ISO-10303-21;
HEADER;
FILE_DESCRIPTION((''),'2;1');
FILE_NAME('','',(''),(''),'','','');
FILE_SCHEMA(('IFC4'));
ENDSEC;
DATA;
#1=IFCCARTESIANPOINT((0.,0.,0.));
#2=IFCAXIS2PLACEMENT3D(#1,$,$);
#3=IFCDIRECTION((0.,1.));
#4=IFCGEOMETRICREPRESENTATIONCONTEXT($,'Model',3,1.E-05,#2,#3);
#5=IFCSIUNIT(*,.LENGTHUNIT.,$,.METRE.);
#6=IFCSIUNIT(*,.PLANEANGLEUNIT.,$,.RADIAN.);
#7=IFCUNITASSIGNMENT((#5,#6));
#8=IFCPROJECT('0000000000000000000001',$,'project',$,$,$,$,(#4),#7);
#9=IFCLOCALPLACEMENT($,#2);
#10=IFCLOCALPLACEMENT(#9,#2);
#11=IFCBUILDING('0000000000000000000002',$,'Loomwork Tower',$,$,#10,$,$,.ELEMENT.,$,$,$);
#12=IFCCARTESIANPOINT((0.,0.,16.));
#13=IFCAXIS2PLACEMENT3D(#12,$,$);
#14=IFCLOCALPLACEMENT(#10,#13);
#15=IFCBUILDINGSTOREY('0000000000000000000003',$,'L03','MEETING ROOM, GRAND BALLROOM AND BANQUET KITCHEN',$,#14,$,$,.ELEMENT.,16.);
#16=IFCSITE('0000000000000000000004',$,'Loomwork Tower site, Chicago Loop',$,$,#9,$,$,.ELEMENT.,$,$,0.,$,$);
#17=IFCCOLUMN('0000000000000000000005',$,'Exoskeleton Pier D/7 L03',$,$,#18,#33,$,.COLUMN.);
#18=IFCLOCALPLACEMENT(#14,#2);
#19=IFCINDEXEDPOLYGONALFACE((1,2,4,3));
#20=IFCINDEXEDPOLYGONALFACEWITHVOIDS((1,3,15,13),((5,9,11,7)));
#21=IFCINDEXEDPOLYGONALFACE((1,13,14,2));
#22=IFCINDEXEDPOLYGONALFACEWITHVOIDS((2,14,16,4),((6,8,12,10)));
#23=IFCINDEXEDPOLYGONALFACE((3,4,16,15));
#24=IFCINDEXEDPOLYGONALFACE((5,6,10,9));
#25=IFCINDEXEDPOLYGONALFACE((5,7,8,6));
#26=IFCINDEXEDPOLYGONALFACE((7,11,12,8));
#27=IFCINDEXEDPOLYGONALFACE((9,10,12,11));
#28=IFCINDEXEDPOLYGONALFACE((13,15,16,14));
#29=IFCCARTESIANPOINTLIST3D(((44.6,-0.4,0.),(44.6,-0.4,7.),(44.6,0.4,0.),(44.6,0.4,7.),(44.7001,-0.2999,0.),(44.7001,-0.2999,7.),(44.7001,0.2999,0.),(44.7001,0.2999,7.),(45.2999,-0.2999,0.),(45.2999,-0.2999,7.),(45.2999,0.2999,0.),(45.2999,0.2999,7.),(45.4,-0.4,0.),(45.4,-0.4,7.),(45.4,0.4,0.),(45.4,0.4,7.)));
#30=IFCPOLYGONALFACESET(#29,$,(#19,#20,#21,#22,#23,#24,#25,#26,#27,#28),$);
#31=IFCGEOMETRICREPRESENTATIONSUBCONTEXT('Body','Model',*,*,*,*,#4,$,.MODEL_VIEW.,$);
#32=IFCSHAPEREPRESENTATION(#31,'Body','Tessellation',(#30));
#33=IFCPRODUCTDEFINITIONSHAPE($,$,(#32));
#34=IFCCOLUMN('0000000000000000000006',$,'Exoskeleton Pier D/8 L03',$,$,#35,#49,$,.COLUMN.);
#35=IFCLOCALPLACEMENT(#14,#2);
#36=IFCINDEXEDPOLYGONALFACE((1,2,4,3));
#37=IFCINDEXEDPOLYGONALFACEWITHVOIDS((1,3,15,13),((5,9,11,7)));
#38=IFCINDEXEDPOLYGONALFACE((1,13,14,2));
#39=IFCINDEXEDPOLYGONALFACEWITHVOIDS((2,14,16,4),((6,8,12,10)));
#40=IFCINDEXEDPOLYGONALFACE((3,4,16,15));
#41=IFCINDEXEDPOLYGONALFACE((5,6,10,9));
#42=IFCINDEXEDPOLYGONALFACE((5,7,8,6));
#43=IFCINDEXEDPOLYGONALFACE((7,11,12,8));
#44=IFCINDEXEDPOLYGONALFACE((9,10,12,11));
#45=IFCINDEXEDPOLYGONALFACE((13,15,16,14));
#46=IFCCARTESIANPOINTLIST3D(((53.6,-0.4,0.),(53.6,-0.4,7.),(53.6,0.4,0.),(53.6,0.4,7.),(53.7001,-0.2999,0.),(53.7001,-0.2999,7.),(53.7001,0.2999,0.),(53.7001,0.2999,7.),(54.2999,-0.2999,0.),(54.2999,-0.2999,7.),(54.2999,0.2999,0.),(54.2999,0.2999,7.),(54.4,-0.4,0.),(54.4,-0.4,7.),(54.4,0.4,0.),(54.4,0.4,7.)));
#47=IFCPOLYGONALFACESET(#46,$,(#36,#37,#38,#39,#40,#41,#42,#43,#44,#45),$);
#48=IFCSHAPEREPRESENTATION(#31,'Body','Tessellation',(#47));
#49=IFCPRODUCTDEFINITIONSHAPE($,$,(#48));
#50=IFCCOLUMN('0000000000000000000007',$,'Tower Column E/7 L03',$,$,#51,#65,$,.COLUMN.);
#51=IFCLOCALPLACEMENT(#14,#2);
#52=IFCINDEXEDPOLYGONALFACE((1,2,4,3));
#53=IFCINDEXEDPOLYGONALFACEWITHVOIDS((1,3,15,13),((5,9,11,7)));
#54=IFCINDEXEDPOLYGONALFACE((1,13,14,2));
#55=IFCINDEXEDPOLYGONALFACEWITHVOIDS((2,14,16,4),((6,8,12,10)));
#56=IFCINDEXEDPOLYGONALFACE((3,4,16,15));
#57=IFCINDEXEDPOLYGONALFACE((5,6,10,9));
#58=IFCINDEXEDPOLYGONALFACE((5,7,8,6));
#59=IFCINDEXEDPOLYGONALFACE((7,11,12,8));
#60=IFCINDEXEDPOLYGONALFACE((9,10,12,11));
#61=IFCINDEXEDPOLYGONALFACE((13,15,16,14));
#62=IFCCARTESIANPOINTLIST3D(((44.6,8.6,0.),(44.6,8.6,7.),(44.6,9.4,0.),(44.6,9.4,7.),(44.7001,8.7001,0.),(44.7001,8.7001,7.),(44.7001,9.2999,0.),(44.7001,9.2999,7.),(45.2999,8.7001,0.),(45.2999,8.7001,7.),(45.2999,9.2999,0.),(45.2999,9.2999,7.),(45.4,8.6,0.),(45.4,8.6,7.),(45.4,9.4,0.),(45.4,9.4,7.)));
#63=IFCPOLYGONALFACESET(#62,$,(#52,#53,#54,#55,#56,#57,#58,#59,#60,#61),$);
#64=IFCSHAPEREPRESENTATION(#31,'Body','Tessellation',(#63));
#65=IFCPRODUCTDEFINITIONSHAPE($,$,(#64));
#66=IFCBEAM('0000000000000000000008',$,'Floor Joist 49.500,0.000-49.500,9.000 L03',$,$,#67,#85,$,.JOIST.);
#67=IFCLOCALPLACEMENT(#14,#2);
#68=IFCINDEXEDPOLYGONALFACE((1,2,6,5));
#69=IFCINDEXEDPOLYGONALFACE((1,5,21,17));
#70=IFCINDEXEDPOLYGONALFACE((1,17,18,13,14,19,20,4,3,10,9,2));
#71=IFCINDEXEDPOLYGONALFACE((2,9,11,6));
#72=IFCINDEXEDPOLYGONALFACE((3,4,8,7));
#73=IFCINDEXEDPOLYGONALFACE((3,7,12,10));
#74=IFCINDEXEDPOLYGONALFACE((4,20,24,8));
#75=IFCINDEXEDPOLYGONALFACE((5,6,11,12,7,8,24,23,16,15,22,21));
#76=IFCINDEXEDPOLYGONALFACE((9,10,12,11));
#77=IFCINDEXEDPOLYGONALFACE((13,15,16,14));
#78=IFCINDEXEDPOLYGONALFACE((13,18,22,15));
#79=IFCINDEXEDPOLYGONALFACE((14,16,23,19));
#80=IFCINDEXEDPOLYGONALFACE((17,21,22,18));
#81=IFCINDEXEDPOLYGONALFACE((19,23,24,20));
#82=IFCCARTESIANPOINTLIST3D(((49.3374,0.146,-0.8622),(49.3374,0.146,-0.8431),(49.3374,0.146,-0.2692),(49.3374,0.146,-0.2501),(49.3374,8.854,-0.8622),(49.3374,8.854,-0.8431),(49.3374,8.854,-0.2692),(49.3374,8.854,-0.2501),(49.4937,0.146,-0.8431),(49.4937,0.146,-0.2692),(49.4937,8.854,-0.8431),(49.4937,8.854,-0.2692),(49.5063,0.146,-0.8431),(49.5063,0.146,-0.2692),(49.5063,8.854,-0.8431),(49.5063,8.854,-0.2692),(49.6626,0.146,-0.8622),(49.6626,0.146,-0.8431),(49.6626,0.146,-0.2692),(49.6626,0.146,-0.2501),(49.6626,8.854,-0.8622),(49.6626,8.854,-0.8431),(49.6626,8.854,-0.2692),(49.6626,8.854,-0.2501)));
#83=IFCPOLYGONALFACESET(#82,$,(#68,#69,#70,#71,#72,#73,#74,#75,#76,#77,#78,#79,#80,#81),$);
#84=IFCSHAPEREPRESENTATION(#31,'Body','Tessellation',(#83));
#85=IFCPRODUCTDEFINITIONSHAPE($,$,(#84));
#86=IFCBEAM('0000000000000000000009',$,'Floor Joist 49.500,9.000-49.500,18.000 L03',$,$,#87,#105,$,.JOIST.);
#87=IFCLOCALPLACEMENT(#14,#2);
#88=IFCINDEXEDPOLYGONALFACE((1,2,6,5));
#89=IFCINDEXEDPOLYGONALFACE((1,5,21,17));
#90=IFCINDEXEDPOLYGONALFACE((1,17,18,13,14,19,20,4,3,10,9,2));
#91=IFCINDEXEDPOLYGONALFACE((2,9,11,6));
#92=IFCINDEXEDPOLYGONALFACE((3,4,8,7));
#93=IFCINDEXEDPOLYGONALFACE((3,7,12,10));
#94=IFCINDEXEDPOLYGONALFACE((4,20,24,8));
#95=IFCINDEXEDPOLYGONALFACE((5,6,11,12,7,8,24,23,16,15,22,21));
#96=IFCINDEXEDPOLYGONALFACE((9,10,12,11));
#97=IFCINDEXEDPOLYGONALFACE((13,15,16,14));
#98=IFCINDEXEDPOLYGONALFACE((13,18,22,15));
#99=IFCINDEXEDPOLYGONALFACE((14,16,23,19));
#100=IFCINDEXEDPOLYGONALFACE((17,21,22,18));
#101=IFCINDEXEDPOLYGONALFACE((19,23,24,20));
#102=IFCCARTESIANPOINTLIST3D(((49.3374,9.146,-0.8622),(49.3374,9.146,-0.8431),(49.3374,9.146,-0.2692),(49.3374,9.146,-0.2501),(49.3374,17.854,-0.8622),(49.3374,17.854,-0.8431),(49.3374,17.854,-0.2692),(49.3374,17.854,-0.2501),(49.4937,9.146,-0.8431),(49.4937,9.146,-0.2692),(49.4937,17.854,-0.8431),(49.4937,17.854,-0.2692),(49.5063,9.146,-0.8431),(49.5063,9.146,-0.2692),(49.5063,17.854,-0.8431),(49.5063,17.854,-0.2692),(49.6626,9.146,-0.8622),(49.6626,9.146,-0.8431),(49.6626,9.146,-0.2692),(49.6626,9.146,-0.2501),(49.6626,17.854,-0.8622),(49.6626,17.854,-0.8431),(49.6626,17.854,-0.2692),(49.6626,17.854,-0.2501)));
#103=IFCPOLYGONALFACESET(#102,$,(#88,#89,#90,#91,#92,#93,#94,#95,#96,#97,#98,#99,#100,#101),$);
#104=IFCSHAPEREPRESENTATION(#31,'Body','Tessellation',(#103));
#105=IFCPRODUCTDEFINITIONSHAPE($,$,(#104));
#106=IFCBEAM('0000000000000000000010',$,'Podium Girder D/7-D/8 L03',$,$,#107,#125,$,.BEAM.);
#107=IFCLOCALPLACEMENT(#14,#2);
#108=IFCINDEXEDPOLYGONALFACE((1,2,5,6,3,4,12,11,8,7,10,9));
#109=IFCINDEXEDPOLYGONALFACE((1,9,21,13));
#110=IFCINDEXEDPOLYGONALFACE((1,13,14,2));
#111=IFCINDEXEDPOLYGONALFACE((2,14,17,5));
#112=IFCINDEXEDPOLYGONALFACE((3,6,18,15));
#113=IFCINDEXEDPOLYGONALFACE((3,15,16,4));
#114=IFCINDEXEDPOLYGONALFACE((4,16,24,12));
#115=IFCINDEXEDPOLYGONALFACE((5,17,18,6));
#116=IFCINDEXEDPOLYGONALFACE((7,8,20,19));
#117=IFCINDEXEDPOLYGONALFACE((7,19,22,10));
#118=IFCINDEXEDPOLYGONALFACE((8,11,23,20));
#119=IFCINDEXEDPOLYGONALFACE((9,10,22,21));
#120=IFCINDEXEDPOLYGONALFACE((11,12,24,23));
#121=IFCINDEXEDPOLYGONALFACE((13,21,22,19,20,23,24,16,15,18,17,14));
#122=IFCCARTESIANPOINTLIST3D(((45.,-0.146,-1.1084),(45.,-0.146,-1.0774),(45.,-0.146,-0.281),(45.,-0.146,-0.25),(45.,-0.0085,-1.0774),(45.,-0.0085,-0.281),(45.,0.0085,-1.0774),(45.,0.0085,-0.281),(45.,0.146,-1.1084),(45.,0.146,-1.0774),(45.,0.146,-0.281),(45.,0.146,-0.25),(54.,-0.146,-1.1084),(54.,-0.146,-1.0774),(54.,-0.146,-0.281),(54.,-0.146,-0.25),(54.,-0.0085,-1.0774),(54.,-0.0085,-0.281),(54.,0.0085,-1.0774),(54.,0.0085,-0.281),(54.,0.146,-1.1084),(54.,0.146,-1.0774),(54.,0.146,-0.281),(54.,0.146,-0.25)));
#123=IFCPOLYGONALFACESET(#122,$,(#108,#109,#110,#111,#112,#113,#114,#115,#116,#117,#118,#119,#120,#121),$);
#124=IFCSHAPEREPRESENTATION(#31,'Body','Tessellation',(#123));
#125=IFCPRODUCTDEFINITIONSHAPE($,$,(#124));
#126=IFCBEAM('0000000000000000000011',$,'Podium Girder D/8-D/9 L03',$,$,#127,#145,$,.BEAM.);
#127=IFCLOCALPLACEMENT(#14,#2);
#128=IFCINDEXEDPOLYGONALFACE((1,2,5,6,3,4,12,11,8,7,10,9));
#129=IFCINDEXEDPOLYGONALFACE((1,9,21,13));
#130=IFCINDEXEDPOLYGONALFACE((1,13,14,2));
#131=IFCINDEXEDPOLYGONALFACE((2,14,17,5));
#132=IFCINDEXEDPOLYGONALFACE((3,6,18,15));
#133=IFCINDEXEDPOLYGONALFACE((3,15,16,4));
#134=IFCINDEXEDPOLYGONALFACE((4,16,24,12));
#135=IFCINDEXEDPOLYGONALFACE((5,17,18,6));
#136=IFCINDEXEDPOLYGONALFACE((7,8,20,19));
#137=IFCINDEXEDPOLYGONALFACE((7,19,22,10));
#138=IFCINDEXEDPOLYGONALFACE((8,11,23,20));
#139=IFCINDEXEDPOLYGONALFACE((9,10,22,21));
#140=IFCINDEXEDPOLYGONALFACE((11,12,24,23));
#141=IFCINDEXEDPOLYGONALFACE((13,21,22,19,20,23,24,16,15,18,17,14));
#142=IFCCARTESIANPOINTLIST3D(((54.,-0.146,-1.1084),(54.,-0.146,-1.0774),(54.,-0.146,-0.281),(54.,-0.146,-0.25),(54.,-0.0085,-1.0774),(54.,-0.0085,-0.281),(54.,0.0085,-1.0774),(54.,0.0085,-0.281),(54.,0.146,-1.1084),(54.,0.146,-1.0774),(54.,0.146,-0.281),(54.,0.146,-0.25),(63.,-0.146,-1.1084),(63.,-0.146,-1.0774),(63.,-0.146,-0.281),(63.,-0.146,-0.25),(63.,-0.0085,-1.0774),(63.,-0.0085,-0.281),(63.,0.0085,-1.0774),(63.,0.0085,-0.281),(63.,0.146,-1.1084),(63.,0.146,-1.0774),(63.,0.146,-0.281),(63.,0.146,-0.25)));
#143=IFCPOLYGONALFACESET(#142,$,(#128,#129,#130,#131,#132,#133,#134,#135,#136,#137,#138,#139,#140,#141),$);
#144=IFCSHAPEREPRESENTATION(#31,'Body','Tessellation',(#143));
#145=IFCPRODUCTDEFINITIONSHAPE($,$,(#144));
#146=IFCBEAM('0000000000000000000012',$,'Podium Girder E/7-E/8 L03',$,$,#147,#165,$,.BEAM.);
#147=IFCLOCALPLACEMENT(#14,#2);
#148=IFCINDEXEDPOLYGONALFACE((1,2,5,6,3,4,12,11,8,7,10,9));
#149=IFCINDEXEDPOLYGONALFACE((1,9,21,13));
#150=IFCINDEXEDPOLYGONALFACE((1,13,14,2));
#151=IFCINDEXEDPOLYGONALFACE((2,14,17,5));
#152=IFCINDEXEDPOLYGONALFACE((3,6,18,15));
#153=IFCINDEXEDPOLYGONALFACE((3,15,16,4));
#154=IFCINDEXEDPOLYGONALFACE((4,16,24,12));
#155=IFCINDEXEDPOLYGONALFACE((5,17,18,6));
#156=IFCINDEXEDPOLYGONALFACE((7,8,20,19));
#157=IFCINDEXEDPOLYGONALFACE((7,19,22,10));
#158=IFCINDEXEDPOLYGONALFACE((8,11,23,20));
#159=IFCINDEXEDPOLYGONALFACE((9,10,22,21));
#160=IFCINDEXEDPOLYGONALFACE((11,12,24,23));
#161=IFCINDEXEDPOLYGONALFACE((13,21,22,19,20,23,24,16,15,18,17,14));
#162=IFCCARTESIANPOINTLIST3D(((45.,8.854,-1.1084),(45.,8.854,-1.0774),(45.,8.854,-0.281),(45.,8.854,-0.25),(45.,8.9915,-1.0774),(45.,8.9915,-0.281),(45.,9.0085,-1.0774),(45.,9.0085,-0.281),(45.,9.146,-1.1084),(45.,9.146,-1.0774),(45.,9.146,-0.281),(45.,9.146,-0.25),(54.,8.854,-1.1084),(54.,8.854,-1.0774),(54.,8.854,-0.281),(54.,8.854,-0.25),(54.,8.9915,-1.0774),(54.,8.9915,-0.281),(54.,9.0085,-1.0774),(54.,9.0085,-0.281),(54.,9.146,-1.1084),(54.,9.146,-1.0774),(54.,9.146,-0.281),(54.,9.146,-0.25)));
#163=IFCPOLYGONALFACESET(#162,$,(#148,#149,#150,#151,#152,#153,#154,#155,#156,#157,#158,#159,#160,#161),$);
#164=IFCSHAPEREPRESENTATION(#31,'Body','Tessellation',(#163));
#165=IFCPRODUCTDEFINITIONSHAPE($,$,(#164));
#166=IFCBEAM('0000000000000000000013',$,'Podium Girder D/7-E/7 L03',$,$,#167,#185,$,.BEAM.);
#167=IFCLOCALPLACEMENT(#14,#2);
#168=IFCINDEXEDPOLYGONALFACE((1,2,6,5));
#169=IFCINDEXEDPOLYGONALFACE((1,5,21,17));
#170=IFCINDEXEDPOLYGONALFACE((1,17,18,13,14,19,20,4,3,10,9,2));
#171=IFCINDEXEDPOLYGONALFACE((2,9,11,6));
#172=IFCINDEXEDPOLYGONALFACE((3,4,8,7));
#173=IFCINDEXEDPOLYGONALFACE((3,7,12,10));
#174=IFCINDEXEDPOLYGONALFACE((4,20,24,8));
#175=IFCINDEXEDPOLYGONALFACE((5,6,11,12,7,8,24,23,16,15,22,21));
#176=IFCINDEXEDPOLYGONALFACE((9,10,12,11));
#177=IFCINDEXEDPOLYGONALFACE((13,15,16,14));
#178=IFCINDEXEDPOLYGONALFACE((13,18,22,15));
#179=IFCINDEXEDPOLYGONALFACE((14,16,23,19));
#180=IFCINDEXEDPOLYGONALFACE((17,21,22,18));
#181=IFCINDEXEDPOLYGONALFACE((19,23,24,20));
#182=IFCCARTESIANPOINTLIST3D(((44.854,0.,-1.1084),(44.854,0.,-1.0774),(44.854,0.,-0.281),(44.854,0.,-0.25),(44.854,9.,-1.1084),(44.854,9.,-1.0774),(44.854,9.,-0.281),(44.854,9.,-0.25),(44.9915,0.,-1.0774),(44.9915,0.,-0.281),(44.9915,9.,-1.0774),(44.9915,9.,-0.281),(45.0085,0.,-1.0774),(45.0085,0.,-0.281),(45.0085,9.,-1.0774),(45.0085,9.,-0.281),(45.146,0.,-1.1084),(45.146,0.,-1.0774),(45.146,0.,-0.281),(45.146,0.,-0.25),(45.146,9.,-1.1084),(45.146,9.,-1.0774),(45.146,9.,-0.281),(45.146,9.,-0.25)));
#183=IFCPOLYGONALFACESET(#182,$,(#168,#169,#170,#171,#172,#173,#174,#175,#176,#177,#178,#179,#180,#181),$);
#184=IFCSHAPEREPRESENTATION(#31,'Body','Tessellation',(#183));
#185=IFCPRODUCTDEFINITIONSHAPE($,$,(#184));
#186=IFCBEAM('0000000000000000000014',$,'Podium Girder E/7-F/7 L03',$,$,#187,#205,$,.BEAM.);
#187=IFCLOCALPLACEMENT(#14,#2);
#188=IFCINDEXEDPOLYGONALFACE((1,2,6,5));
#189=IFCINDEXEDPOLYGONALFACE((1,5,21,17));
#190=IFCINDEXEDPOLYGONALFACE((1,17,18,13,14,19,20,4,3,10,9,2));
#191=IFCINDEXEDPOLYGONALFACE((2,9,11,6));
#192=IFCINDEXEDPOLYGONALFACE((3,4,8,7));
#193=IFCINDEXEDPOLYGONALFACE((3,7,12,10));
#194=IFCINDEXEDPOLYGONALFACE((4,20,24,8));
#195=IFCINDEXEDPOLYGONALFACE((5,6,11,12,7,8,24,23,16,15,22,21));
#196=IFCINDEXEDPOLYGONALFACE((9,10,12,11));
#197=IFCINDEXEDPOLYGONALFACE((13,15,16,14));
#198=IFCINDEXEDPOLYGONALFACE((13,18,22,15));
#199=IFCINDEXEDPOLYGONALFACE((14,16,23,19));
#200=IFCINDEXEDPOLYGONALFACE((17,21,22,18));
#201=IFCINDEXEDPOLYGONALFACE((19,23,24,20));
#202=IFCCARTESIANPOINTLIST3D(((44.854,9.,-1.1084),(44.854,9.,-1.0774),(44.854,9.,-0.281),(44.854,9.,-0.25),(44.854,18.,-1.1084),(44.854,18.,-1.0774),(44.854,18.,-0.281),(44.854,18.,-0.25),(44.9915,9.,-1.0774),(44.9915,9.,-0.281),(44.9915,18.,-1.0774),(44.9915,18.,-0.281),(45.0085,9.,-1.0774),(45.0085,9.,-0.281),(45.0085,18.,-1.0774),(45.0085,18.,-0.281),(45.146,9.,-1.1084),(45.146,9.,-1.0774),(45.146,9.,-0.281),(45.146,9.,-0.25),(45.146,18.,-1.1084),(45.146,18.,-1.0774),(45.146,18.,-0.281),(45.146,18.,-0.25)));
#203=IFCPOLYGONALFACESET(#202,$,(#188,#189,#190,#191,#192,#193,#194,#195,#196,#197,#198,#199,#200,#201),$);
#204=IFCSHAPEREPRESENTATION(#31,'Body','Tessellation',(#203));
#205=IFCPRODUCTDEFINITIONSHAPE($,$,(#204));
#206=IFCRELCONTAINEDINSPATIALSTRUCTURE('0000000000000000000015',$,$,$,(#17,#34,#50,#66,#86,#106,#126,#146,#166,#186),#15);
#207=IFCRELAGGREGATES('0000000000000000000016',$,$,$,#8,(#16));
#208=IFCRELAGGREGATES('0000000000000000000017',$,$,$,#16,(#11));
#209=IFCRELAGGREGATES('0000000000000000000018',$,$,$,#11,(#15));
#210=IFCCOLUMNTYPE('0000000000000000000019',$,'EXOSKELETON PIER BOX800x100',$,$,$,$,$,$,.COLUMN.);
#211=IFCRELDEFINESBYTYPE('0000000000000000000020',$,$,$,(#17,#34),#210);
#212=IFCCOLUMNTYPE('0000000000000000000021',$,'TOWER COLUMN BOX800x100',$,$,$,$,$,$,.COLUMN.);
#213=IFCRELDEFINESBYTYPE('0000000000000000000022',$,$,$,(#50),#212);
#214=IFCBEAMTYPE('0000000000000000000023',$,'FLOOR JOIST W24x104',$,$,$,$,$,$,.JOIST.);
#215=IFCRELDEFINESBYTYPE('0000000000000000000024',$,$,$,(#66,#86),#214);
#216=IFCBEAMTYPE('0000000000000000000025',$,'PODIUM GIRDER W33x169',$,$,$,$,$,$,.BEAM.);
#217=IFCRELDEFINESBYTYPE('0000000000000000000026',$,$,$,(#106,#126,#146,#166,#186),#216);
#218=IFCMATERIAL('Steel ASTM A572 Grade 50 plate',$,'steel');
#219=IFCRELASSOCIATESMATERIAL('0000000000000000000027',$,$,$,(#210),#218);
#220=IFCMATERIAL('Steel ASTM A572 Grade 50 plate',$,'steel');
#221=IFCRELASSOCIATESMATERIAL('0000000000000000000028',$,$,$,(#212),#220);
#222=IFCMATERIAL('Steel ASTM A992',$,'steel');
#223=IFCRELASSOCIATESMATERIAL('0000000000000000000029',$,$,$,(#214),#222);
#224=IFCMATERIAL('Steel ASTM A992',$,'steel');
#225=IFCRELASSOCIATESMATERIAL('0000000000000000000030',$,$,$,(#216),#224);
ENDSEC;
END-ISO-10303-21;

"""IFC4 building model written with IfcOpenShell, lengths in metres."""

from ifc_helpers import new_model, si_unit, direction, frame, origin, origin_2d, place, context, subcontext, project, spatial, hollow_rectangle, i_section, extrude, material, material_profile, profile_set, type_object, element, save


model = new_model("IFC4")

# Units and contexts
model_context = context("Model", 3, precision=1e-05, world=origin(), true_north=direction((0.0, 1.0)))
body_context = subcontext(model_context, "Body", "Model", "MODEL_VIEW")
ifc_project = project(units=[si_unit("LENGTHUNIT", "METRE"), si_unit("PLANEANGLEUNIT", "RADIAN")], contexts=[model_context])

# Site, building, storey
site_placement = place(None, origin())
site = spatial("IfcSite", under=ifc_project, at=site_placement, Name="Loomwork Tower site, Chicago Loop", CompositionType="ELEMENT", RefElevation=0.0)
building_placement = place(site_placement, origin())
building = spatial("IfcBuilding", under=site, at=building_placement, Name="Loomwork Tower", CompositionType="ELEMENT")
storey_placement = place(building_placement, frame((0.0, 0.0, 16.0)))
storey = spatial("IfcBuildingStorey", under=building, at=storey_placement, Name="L03", Description="MEETING ROOM, GRAND BALLROOM AND BANQUET KITCHEN", CompositionType="ELEMENT", Elevation=16.0)

# Columns
ifc_material_1 = material(Name="Steel ASTM A572 Grade 50 plate", Category="steel")
ifc_material_profile_1 = material_profile(ifc_material_1, hollow_rectangle(XDim=0.8, YDim=0.8, WallThickness=0.1001, at=origin_2d()), Name="BOX800x100")
ifc_profile_set_1 = profile_set([ifc_material_profile_1], Name="Steel ASTM A572 Grade 50 plate")
column_type_1 = type_object("IfcColumnType", Name="EXOSKELETON PIER BOX800x100", PredefinedType="COLUMN", material=ifc_profile_set_1)
for number, where, z_axis, x_axis, name in (
    (1, (45.0, 0.0, 0.0), (0.0, 0.0, 1.0), (1.0, 0.0, 0.0), "Exoskeleton Pier D/7 L03"),
    (2, (54.0, 0.0, 0.0), (0.0, 0.0, 1.0), (1.0, 0.0, 0.0), "Exoskeleton Pier D/8 L03"),
):
    element("IfcColumn", number, at=place(storey_placement, frame(where, z_axis=z_axis, x_axis=x_axis)), inside=storey, type_object=column_type_1, Name=name, PredefinedType="COLUMN", context=body_context, shape_type="SweptSolid", body=[
        extrude(hollow_rectangle(XDim=0.8, YDim=0.8, WallThickness=0.1001, at=origin_2d()), origin(), (0.0, 0.0, 1.0), 7.0),
    ])
ifc_material_2 = material(Name="Steel ASTM A572 Grade 50 plate", Category="steel")
ifc_material_profile_2 = material_profile(ifc_material_2, hollow_rectangle(XDim=0.8, YDim=0.8, WallThickness=0.1001, at=origin_2d()), Name="BOX800x100")
ifc_profile_set_2 = profile_set([ifc_material_profile_2], Name="Steel ASTM A572 Grade 50 plate")
column_type_2 = type_object("IfcColumnType", Name="TOWER COLUMN BOX800x100", PredefinedType="COLUMN", material=ifc_profile_set_2)
column_placement = place(storey_placement, frame((45.0, 9.0, 0.0), z_axis=(0.0, 0.0, 1.0), x_axis=(0.0, 1.0, 0.0)))
element("IfcColumn", 3, at=column_placement, inside=storey, type_object=column_type_2, Name="Tower Column E/7 L03", PredefinedType="COLUMN", context=body_context, shape_type="SweptSolid", body=[
    extrude(hollow_rectangle(XDim=0.8, YDim=0.8, WallThickness=0.1001, at=origin_2d()), origin(), (0.0, 0.0, 1.0), 7.0),
])

# Beams
ifc_material_3 = material(Name="Steel ASTM A992", Category="steel")
ifc_material_profile_3 = material_profile(ifc_material_3, i_section(OverallWidth=0.3252, OverallDepth=0.6121, WebThickness=0.0127, FlangeThickness=0.019, at=origin_2d()), Name="W24x104")
ifc_profile_set_3 = profile_set([ifc_material_profile_3], Name="Steel ASTM A992")
beam_type_1 = type_object("IfcBeamType", Name="FLOOR JOIST W24x104", PredefinedType="JOIST", material=ifc_profile_set_3)
for number, where, z_axis, x_axis, name in (
    (4, (49.5, 0.146, -0.5562), (0.0, 1.0, 0.0), (-1.0, 0.0, 0.0), "Floor Joist 49.500,0.000-49.500,9.000 L03"),
    (5, (49.5, 9.146, -0.5562), (0.0, 1.0, 0.0), (-1.0, 0.0, 0.0), "Floor Joist 49.500,9.000-49.500,18.000 L03"),
):
    element("IfcBeam", number, at=place(storey_placement, frame(where, z_axis=z_axis, x_axis=x_axis)), inside=storey, type_object=beam_type_1, Name=name, PredefinedType="JOIST", context=body_context, shape_type="SweptSolid", body=[
        extrude(i_section(OverallWidth=0.3252, OverallDepth=0.6121, WebThickness=0.0127, FlangeThickness=0.019, at=origin_2d()), origin(), (0.0, 0.0, 1.0), 8.708),
    ])
ifc_material_4 = material(Name="Steel ASTM A992", Category="steel")
ifc_material_profile_4 = material_profile(ifc_material_4, i_section(OverallWidth=0.292, OverallDepth=0.8584, WebThickness=0.0171, FlangeThickness=0.031, at=origin_2d()), Name="W33x169")
ifc_profile_set_4 = profile_set([ifc_material_profile_4], Name="Steel ASTM A992")
beam_type_2 = type_object("IfcBeamType", Name="PODIUM GIRDER W33x169", PredefinedType="BEAM", material=ifc_profile_set_4)
for number, where, z_axis, x_axis, name in (
    (6, (45.0, 0.0, -0.6792), (1.0, 0.0, 0.0), (0.0, 1.0, 0.0), "Podium Girder D/7-D/8 L03"),
    (7, (54.0, 0.0, -0.6792), (1.0, 0.0, 0.0), (0.0, 1.0, 0.0), "Podium Girder D/8-D/9 L03"),
    (8, (45.0, 9.0, -0.6792), (1.0, 0.0, 0.0), (0.0, 1.0, 0.0), "Podium Girder E/7-E/8 L03"),
    (9, (45.0, 0.0, -0.6792), (0.0, 1.0, 0.0), (-1.0, 0.0, 0.0), "Podium Girder D/7-E/7 L03"),
    (10, (45.0, 9.0, -0.6792), (0.0, 1.0, 0.0), (-1.0, 0.0, 0.0), "Podium Girder E/7-F/7 L03"),
):
    element("IfcBeam", number, at=place(storey_placement, frame(where, z_axis=z_axis, x_axis=x_axis)), inside=storey, type_object=beam_type_2, Name=name, PredefinedType="BEAM", context=body_context, shape_type="SweptSolid", body=[
        extrude(i_section(OverallWidth=0.292, OverallDepth=0.8584, WebThickness=0.0171, FlangeThickness=0.031, at=origin_2d()), origin(), (0.0, 0.0, 1.0), 9.0),
    ])

save(model, "model.ifc")
